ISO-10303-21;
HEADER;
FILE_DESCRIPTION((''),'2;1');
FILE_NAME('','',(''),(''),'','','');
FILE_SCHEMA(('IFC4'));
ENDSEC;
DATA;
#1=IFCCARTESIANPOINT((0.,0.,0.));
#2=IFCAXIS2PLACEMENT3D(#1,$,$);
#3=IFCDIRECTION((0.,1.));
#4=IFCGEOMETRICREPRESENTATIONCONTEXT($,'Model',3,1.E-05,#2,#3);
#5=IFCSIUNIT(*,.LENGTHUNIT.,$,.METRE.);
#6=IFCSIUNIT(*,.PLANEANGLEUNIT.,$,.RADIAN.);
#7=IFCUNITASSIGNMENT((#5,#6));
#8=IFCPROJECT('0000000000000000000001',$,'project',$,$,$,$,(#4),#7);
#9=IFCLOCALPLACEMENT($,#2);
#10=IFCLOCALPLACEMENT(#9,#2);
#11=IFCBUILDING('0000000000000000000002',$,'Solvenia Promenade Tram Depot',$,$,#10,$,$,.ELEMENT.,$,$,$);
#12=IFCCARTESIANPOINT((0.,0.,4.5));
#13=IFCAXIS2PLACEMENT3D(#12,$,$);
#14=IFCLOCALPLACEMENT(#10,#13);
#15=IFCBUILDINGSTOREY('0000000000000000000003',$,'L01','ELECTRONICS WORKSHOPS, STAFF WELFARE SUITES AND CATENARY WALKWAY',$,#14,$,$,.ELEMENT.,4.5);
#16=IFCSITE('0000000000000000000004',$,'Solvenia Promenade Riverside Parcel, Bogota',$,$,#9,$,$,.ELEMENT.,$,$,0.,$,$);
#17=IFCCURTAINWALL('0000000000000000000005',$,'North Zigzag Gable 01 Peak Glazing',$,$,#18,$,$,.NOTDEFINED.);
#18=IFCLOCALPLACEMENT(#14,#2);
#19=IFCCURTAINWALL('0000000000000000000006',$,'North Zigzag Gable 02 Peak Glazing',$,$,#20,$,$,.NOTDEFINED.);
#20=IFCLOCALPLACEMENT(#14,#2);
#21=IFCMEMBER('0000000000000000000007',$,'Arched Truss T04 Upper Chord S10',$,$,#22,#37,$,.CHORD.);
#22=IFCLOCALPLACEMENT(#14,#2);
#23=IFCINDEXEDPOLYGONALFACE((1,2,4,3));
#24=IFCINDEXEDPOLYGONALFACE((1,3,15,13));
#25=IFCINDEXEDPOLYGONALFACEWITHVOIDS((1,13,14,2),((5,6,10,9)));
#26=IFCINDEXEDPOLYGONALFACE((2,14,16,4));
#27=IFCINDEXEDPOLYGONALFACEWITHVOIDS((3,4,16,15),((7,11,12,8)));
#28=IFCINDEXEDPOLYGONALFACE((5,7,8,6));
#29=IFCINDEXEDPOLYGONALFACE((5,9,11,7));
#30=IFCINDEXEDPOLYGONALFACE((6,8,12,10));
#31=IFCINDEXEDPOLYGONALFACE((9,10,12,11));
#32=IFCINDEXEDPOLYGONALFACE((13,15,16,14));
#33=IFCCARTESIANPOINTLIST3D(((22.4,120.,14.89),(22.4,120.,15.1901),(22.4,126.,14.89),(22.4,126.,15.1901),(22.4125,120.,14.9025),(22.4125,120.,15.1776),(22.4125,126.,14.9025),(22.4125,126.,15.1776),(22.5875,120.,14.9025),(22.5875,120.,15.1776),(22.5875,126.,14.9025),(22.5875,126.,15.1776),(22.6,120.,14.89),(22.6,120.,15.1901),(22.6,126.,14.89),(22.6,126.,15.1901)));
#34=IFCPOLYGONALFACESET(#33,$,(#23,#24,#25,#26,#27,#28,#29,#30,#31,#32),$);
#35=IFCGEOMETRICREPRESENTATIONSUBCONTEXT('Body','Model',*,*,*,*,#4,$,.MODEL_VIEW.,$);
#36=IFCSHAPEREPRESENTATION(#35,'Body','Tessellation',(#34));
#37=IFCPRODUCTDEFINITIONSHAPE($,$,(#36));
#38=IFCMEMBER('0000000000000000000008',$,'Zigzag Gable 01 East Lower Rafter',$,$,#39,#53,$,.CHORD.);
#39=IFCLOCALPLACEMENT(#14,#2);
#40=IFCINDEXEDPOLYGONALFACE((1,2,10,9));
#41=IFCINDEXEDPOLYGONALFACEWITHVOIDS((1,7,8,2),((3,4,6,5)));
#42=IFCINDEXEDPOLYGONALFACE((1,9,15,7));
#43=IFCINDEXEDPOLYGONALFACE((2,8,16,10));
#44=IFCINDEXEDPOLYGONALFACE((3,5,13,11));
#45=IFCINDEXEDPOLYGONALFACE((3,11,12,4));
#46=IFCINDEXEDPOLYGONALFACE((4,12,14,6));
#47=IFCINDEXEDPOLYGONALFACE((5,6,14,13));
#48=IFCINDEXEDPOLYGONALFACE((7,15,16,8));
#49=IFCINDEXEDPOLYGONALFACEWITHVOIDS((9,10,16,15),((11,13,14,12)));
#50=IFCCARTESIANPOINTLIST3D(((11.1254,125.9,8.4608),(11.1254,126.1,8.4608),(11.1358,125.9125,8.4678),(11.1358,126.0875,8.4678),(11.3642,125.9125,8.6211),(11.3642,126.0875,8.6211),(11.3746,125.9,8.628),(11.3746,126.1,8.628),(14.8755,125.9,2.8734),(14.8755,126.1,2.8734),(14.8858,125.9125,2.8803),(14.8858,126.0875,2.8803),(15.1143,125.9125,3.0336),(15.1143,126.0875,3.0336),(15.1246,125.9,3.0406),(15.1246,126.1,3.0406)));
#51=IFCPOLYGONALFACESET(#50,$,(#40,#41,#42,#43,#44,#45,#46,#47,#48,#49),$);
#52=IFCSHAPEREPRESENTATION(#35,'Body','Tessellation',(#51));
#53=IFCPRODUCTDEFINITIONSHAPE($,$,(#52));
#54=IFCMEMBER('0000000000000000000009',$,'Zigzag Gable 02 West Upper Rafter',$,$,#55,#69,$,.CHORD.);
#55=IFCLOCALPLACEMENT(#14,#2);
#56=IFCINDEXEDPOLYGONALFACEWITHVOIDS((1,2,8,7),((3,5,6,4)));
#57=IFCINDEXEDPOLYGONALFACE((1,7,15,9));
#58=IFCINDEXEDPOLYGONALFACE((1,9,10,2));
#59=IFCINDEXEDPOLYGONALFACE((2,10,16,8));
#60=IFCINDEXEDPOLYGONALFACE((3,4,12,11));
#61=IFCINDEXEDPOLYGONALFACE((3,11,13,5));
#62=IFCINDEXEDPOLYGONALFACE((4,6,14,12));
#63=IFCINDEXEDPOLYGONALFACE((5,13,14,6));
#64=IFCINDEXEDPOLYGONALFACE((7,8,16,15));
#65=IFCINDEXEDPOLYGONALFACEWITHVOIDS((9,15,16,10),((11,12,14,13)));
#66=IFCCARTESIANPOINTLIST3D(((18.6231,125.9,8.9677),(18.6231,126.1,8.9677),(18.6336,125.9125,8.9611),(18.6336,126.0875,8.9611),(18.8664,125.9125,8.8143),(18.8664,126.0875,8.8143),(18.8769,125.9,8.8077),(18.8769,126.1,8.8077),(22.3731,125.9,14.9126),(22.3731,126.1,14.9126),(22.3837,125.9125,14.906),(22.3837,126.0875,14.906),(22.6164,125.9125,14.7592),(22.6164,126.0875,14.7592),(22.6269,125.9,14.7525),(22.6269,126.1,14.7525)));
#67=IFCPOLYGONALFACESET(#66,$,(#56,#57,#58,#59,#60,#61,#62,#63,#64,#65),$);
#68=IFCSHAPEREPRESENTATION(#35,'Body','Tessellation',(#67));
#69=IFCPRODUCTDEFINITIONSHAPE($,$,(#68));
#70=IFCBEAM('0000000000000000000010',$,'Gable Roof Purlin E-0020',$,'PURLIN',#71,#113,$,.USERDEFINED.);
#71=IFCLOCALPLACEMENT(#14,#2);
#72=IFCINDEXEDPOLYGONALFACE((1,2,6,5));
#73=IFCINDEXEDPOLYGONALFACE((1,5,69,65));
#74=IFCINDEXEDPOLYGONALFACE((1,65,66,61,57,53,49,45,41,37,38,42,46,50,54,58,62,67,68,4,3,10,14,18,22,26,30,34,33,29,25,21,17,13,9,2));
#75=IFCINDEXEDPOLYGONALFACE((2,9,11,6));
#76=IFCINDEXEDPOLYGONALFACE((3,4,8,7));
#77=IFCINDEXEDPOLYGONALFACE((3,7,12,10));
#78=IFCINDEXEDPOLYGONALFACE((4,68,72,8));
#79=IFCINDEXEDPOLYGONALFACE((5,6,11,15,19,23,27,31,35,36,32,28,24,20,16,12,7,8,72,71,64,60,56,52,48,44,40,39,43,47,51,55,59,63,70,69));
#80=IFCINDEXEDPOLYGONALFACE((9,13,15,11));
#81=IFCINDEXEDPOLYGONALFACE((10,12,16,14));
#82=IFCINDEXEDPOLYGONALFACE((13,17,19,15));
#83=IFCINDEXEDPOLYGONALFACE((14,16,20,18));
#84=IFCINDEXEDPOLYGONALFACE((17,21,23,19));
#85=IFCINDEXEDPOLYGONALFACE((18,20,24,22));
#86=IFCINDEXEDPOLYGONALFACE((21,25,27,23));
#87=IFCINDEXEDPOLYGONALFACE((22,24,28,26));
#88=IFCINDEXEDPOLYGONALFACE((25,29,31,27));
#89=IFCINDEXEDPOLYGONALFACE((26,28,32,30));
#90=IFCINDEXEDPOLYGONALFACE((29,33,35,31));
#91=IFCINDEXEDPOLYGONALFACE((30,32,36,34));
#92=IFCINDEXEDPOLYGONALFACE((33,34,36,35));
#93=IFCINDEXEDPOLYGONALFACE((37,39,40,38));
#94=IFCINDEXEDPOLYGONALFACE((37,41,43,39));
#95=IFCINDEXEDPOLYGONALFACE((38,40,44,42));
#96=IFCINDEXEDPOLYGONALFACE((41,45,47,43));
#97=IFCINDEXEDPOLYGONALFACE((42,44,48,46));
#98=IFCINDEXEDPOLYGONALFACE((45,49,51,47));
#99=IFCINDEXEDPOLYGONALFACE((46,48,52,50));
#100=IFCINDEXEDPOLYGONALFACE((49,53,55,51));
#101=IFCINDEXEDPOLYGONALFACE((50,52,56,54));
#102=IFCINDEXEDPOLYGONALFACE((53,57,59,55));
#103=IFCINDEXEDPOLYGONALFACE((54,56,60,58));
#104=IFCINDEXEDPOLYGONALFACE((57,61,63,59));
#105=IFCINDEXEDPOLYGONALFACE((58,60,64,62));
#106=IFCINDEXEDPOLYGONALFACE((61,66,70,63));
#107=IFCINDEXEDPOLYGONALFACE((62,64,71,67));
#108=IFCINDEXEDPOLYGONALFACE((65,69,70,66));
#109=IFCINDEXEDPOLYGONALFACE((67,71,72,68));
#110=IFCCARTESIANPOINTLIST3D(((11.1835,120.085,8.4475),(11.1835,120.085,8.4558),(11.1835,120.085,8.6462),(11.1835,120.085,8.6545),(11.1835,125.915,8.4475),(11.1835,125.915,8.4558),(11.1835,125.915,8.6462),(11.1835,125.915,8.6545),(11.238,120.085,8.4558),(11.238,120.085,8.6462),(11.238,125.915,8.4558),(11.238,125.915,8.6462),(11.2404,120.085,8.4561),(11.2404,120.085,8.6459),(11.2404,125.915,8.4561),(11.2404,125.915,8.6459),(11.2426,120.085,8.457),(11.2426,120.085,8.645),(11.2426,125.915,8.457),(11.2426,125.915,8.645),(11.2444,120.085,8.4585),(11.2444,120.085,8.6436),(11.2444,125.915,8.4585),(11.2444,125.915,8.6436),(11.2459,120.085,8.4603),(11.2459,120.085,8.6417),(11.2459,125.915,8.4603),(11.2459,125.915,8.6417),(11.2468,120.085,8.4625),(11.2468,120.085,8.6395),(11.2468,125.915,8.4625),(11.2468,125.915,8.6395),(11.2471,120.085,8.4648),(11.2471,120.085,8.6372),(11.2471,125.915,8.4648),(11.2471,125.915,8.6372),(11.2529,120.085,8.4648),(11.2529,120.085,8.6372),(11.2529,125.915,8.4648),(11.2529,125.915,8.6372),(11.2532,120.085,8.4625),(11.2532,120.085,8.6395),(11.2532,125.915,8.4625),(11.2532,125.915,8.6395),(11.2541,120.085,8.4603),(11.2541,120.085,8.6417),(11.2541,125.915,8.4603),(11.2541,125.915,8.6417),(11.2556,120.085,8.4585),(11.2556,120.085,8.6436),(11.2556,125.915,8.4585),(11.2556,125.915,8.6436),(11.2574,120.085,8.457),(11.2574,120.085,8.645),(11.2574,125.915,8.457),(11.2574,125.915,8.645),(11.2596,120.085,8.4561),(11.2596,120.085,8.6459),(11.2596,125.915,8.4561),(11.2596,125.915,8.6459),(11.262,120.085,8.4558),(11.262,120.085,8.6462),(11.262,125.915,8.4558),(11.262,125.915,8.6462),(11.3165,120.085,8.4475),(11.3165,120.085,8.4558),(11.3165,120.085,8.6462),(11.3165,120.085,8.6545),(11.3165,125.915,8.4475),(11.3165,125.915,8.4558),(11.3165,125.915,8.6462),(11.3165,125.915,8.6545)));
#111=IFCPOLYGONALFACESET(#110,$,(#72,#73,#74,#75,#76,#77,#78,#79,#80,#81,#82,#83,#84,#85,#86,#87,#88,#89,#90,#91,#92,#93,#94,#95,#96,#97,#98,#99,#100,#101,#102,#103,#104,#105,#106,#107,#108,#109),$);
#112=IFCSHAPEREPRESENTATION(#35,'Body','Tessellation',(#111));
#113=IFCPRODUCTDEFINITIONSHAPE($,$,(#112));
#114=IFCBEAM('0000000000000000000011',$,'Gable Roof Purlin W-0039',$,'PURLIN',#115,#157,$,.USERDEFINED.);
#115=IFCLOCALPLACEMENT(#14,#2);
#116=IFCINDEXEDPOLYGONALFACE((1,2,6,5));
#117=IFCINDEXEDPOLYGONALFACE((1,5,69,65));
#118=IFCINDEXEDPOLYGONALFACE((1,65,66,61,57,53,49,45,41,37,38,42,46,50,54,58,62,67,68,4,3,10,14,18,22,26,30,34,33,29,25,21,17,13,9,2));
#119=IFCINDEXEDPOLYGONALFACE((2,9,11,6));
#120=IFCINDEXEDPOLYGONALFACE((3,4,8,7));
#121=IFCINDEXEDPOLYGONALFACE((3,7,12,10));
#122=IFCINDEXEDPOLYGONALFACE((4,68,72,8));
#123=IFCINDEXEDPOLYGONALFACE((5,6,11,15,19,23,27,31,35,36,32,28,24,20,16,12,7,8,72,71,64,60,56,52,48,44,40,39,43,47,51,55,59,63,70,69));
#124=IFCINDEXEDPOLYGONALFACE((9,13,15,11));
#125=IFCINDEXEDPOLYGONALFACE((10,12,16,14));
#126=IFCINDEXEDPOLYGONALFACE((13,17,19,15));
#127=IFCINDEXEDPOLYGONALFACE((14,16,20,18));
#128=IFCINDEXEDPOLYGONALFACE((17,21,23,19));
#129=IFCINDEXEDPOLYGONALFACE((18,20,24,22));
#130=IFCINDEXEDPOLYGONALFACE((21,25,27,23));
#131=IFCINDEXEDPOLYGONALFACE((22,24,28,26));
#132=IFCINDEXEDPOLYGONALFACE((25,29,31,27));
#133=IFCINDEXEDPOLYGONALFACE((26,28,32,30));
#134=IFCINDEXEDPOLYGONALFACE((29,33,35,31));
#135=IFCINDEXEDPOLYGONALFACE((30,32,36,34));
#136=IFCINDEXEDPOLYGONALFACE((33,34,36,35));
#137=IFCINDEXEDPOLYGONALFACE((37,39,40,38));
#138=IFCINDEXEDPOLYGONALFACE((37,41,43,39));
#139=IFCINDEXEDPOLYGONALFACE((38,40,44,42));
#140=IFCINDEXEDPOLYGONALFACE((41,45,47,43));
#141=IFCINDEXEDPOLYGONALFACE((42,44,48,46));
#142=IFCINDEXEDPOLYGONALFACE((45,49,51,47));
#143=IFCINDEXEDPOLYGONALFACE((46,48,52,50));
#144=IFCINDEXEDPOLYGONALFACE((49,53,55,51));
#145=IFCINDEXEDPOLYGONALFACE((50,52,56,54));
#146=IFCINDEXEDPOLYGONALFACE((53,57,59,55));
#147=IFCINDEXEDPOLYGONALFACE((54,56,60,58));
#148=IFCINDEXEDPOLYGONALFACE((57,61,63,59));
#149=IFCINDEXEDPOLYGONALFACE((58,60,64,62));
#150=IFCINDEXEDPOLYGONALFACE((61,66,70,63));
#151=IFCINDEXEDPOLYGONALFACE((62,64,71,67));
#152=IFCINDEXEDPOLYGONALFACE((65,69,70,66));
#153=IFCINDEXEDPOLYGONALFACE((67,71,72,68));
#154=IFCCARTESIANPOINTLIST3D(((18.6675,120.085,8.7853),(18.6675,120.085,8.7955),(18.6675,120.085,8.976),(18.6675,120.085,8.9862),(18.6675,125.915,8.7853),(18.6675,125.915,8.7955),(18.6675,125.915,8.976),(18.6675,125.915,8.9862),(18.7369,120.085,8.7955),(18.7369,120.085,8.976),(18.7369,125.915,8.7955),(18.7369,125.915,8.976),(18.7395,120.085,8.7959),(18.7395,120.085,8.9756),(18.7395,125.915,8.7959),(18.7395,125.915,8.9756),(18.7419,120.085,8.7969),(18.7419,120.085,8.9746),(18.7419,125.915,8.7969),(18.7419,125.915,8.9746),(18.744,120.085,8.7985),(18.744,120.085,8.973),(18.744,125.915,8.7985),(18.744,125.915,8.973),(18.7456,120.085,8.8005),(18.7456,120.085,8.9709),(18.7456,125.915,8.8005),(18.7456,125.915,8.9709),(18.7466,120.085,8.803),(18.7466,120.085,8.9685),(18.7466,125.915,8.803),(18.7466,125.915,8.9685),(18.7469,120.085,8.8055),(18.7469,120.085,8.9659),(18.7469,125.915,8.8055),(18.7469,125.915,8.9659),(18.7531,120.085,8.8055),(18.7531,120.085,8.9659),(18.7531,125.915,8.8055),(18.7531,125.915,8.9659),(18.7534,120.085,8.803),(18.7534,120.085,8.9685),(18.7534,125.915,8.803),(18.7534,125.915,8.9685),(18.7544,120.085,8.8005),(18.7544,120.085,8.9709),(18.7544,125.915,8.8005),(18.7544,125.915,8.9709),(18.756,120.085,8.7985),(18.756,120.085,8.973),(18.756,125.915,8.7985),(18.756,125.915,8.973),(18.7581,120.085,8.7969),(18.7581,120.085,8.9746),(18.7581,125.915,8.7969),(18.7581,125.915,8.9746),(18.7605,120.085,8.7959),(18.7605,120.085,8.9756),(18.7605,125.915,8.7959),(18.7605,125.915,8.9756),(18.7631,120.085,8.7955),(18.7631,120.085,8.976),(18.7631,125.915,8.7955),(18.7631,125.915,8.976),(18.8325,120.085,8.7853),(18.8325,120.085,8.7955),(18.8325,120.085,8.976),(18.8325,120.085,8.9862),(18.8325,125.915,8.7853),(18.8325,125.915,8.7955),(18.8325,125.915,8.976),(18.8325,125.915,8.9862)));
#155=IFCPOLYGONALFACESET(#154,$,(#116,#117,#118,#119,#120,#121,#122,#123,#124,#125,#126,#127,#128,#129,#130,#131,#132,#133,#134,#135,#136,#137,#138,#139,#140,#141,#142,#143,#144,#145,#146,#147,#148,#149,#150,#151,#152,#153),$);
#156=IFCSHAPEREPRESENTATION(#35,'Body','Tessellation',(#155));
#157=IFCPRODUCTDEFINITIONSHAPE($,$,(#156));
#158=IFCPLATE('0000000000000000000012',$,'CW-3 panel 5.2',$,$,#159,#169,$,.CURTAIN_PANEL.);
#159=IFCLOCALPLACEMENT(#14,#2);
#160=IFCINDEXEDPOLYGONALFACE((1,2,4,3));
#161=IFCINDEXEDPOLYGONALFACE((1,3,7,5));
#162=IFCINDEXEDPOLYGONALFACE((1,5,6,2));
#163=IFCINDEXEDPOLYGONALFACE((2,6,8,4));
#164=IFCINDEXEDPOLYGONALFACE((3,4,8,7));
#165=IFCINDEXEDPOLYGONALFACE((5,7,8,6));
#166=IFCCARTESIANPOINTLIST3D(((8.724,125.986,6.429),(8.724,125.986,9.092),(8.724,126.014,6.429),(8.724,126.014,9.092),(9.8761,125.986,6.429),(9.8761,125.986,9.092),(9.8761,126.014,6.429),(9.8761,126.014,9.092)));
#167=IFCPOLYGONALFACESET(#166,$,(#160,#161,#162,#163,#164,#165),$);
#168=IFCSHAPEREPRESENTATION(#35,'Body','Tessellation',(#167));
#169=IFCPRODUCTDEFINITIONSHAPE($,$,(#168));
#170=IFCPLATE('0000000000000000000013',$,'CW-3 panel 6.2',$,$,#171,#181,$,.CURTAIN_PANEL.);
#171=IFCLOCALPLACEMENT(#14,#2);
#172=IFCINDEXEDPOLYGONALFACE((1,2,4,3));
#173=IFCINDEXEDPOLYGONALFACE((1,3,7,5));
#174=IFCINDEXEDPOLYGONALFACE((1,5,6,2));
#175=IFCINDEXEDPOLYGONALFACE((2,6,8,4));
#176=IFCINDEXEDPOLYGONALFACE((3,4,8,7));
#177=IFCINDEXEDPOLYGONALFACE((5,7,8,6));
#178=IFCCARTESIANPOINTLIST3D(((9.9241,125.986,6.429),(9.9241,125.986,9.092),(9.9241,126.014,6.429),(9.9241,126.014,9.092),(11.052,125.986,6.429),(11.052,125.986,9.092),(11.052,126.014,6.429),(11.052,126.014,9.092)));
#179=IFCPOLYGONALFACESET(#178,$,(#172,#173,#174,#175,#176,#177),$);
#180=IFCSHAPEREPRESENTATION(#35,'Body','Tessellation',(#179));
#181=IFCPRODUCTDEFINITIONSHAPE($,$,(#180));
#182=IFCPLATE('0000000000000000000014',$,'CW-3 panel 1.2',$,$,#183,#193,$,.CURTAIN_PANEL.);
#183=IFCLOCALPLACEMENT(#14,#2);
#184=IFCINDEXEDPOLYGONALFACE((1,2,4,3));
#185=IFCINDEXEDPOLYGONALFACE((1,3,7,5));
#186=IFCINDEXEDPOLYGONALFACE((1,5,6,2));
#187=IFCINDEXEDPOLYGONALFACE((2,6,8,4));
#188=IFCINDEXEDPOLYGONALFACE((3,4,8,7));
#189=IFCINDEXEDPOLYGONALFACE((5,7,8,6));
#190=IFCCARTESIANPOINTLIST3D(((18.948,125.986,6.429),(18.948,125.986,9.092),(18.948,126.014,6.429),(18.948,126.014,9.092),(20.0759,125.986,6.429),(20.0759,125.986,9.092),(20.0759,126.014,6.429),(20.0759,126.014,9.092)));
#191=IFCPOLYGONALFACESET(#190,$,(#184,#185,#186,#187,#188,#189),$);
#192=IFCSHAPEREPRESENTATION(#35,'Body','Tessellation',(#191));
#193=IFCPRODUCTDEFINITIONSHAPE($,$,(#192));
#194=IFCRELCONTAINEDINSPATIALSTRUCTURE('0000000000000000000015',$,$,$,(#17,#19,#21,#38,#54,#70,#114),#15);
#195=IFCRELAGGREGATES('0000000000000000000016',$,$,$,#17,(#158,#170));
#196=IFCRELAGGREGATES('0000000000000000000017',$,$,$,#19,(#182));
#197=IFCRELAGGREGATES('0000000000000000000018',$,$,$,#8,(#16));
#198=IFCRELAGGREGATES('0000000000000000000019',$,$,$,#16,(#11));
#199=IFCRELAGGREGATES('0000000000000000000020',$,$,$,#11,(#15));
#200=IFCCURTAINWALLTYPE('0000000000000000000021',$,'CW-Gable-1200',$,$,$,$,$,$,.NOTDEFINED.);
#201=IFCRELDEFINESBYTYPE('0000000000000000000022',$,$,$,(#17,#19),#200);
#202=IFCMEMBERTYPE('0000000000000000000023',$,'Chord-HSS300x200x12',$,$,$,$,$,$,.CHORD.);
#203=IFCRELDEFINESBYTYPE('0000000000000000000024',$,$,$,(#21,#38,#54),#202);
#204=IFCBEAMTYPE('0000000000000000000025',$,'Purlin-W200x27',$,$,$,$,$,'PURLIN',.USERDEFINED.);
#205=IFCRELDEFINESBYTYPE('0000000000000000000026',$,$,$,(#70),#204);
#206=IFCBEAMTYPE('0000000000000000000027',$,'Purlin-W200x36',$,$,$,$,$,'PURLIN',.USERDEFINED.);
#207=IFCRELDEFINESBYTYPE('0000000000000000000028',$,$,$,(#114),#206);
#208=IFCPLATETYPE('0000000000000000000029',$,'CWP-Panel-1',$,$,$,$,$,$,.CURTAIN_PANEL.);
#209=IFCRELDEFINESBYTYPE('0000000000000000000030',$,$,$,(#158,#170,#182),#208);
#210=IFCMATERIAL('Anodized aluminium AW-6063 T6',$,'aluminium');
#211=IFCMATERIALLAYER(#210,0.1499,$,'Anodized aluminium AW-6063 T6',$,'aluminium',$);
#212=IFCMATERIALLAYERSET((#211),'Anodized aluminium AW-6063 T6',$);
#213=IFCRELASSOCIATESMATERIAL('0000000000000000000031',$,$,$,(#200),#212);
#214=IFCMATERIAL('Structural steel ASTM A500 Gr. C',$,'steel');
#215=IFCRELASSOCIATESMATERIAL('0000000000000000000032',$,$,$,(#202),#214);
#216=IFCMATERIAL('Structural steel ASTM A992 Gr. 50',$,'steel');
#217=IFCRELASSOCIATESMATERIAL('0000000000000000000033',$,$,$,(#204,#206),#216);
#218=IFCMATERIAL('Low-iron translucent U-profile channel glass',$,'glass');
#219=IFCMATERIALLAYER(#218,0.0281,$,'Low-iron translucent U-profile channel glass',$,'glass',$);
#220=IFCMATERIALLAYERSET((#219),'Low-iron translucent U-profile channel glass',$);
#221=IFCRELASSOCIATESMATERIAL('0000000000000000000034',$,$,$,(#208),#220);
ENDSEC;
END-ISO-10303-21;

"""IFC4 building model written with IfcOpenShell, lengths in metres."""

from ifc_helpers import new_model, si_unit, direction, frame, origin, origin_2d, place, context, subcontext, project, spatial, rectangle, hollow_rectangle, i_section, extrude, material, layer, layer_set, material_profile, profile_set, type_object, element, aggregate, save


model = new_model("IFC4")

# Units and contexts
model_context = context("Model", 3, precision=1e-05, world=origin(), true_north=direction((0.0, 1.0)))
body_context = subcontext(model_context, "Body", "Model", "MODEL_VIEW")
ifc_project = project(units=[si_unit("LENGTHUNIT", "METRE"), si_unit("PLANEANGLEUNIT", "RADIAN")], contexts=[model_context])

# Site, building, storey
site_placement = place(None, origin())
site = spatial("IfcSite", under=ifc_project, at=site_placement, Name="Solvenia Promenade Riverside Parcel, Bogota", CompositionType="ELEMENT", RefElevation=0.0)
building_placement = place(site_placement, origin())
building = spatial("IfcBuilding", under=site, at=building_placement, Name="Solvenia Promenade Tram Depot", CompositionType="ELEMENT")
storey_placement = place(building_placement, frame((0.0, 0.0, 4.5)))
storey = spatial("IfcBuildingStorey", under=building, at=storey_placement, Name="L01", Description="ELECTRONICS WORKSHOPS, STAFF WELFARE SUITES AND CATENARY WALKWAY", CompositionType="ELEMENT", Elevation=4.5)

# Curtain walls
ifc_material_1 = material(Name="Anodized aluminium AW-6063 T6", Category="aluminium")
ifc_layer_1 = layer(ifc_material_1, 0.1499, Name="Anodized aluminium AW-6063 T6", Category="aluminium")
ifc_layer_set_1 = layer_set([ifc_layer_1], Name="Anodized aluminium AW-6063 T6")
curtain_wall_type = type_object("IfcCurtainWallType", Name="CW-Gable-1200", PredefinedType="NOTDEFINED", material=ifc_layer_set_1)
curtain_wall_1_placement = place(storey_placement, origin())
curtain_wall_1 = element("IfcCurtainWall", 1, at=curtain_wall_1_placement, inside=storey, type_object=curtain_wall_type, Name="North Zigzag Gable 01 Peak Glazing", PredefinedType="NOTDEFINED")
curtain_wall_2_placement = place(storey_placement, origin())
curtain_wall_2 = element("IfcCurtainWall", 2, at=curtain_wall_2_placement, inside=storey, type_object=curtain_wall_type, Name="North Zigzag Gable 02 Peak Glazing", PredefinedType="NOTDEFINED")

# Members
ifc_material_2 = material(Name="Structural steel ASTM A500 Gr. C", Category="steel")
ifc_material_profile_1 = material_profile(ifc_material_2, hollow_rectangle(XDim=0.2, YDim=0.3, WallThickness=0.0125, at=origin_2d()), Name="HSS300x200x12.5", Category="steel")
ifc_profile_set_1 = profile_set([ifc_material_profile_1], Name="Structural steel ASTM A500 Gr. C")
member_type_1 = type_object("IfcMemberType", Name="Chord-HSS300x200x12", PredefinedType="CHORD", material=ifc_profile_set_1)
member_1_placement = place(storey_placement, frame((22.5, 120.0, 15.04), z_axis=(0.0, 1.0, 0.0), x_axis=(-1.0, 0.0, 0.0)))
element("IfcMember", 3, at=member_1_placement, inside=storey, type_object=member_type_1, Name="Arched Truss T04 Upper Chord S10", PredefinedType="CHORD", context=body_context, shape_type="SweptSolid", body=[
    extrude(hollow_rectangle(XDim=0.2, YDim=0.3, WallThickness=0.0125, at=origin_2d()), origin(), (0.0, 0.0, 1.0), 6.0),
])
member_2_placement = place(storey_placement, frame((11.25, 126.0, 8.5444), z_axis=(0.557276, 0.0, -0.830327), x_axis=(0.0, 1.0, 0.0)))
element("IfcMember", 4, at=member_2_placement, inside=storey, type_object=member_type_1, Name="Zigzag Gable 01 East Lower Rafter", PredefinedType="CHORD", context=body_context, shape_type="SweptSolid", body=[
    extrude(hollow_rectangle(XDim=0.2, YDim=0.3, WallThickness=0.0125, at=origin_2d()), origin(), (0.0, 0.0, 1.0), 6.7292),
])
member_3_placement = place(storey_placement, frame((18.75, 126.0, 8.8877), z_axis=(0.533522, 0.0, 0.845786), x_axis=(0.0, 1.0, 0.0)))
element("IfcMember", 5, at=member_3_placement, inside=storey, type_object=member_type_1, Name="Zigzag Gable 02 West Upper Rafter", PredefinedType="CHORD", context=body_context, shape_type="SweptSolid", body=[
    extrude(hollow_rectangle(XDim=0.2, YDim=0.3, WallThickness=0.0125, at=origin_2d()), origin(), (0.0, 0.0, 1.0), 7.0288),
])

# Beams
ifc_material_3 = material(Name="Structural steel ASTM A992 Gr. 50", Category="steel")
ifc_material_profile_2 = material_profile(ifc_material_3, i_section(OverallWidth=0.1331, OverallDepth=0.207, WebThickness=0.0059, FlangeThickness=0.0083, FilletRadius=0.009, at=origin_2d()), Name="W200x27", Category="steel")
ifc_profile_set_2 = profile_set([ifc_material_profile_2], Name="Structural steel ASTM A992 Gr. 50")
beam_type_1 = type_object("IfcBeamType", Name="Purlin-W200x27", ElementType="PURLIN", PredefinedType="USERDEFINED", material=ifc_profile_set_2)
beam_1_placement = place(storey_placement, frame((11.25, 120.085, 8.551), z_axis=(0.0, 1.0, 0.0), x_axis=(-1.0, 0.0, 0.0)))
element("IfcBeam", 6, at=beam_1_placement, inside=storey, type_object=beam_type_1, Name="Gable Roof Purlin E-0020", ObjectType="PURLIN", PredefinedType="USERDEFINED", context=body_context, shape_type="SweptSolid", body=[
    extrude(i_section(OverallWidth=0.1331, OverallDepth=0.207, WebThickness=0.0059, FlangeThickness=0.0083, FilletRadius=0.009, at=origin_2d()), origin(), (0.0, 0.0, 1.0), 5.8301),
])
ifc_material_profile_3 = material_profile(ifc_material_3, i_section(OverallWidth=0.165, OverallDepth=0.2009, WebThickness=0.0061, FlangeThickness=0.0103, FilletRadius=0.01, at=origin_2d()), Name="W200x36", Category="steel")
ifc_profile_set_3 = profile_set([ifc_material_profile_3], Name="Structural steel ASTM A992 Gr. 50")
beam_type_2 = type_object("IfcBeamType", Name="Purlin-W200x36", ElementType="PURLIN", PredefinedType="USERDEFINED", material=ifc_profile_set_3)
beam_2_placement = place(storey_placement, frame((18.75, 120.085, 8.8857), z_axis=(0.0, 1.0, 0.0), x_axis=(-1.0, 0.0, 0.0)))
element("IfcBeam", 7, at=beam_2_placement, inside=storey, type_object=beam_type_2, Name="Gable Roof Purlin W-0039", ObjectType="PURLIN", PredefinedType="USERDEFINED", context=body_context, shape_type="SweptSolid", body=[
    extrude(i_section(OverallWidth=0.165, OverallDepth=0.2009, WebThickness=0.0061, FlangeThickness=0.0103, FilletRadius=0.01, at=origin_2d()), origin(), (0.0, 0.0, 1.0), 5.8301),
])

# Plates
ifc_material_4 = material(Name="Low-iron translucent U-profile channel glass", Category="glass")
ifc_layer_2 = layer(ifc_material_4, 0.0281, Name="Low-iron translucent U-profile channel glass", Category="glass")
ifc_layer_set_2 = layer_set([ifc_layer_2], Name="Low-iron translucent U-profile channel glass")
plate_type_1 = type_object("IfcPlateType", Name="CWP-Panel-1", PredefinedType="CURTAIN_PANEL", material=ifc_layer_set_2)
plate_1_placement = place(storey_placement, frame((9.3, 126.0, 6.429), z_axis=(0.0, 0.0, 1.0), x_axis=(1.0, 0.0, 0.0)))
plate_1 = element("IfcPlate", 8, at=plate_1_placement, type_object=plate_type_1, Name="CW-3 panel 5.2", PredefinedType="CURTAIN_PANEL", context=body_context, shape_type="SweptSolid", body=[
    extrude(rectangle(XDim=1.1521, YDim=0.0281, at=origin_2d()), origin(), (0.0, 0.0, 1.0), 2.6631),
])
plate_2_placement = place(storey_placement, frame((10.488, 126.0, 6.429), z_axis=(0.0, 0.0, 1.0), x_axis=(1.0, 0.0, 0.0)))
plate_2 = element("IfcPlate", 9, at=plate_2_placement, type_object=plate_type_1, Name="CW-3 panel 6.2", PredefinedType="CURTAIN_PANEL", context=body_context, shape_type="SweptSolid", body=[
    extrude(rectangle(XDim=1.1279, YDim=0.0281, at=origin_2d()), origin(), (0.0, 0.0, 1.0), 2.6631),
])
aggregate(curtain_wall_1, [plate_1, plate_2])
plate_3_placement = place(storey_placement, frame((19.512, 126.0, 6.429), z_axis=(0.0, 0.0, 1.0), x_axis=(1.0, 0.0, 0.0)))
plate_3 = element("IfcPlate", 10, at=plate_3_placement, type_object=plate_type_1, Name="CW-3 panel 1.2", PredefinedType="CURTAIN_PANEL", context=body_context, shape_type="SweptSolid", body=[
    extrude(rectangle(XDim=1.1279, YDim=0.0281, at=origin_2d()), origin(), (0.0, 0.0, 1.0), 2.6631),
])
aggregate(curtain_wall_2, [plate_3])

save(model, "model.ifc")
